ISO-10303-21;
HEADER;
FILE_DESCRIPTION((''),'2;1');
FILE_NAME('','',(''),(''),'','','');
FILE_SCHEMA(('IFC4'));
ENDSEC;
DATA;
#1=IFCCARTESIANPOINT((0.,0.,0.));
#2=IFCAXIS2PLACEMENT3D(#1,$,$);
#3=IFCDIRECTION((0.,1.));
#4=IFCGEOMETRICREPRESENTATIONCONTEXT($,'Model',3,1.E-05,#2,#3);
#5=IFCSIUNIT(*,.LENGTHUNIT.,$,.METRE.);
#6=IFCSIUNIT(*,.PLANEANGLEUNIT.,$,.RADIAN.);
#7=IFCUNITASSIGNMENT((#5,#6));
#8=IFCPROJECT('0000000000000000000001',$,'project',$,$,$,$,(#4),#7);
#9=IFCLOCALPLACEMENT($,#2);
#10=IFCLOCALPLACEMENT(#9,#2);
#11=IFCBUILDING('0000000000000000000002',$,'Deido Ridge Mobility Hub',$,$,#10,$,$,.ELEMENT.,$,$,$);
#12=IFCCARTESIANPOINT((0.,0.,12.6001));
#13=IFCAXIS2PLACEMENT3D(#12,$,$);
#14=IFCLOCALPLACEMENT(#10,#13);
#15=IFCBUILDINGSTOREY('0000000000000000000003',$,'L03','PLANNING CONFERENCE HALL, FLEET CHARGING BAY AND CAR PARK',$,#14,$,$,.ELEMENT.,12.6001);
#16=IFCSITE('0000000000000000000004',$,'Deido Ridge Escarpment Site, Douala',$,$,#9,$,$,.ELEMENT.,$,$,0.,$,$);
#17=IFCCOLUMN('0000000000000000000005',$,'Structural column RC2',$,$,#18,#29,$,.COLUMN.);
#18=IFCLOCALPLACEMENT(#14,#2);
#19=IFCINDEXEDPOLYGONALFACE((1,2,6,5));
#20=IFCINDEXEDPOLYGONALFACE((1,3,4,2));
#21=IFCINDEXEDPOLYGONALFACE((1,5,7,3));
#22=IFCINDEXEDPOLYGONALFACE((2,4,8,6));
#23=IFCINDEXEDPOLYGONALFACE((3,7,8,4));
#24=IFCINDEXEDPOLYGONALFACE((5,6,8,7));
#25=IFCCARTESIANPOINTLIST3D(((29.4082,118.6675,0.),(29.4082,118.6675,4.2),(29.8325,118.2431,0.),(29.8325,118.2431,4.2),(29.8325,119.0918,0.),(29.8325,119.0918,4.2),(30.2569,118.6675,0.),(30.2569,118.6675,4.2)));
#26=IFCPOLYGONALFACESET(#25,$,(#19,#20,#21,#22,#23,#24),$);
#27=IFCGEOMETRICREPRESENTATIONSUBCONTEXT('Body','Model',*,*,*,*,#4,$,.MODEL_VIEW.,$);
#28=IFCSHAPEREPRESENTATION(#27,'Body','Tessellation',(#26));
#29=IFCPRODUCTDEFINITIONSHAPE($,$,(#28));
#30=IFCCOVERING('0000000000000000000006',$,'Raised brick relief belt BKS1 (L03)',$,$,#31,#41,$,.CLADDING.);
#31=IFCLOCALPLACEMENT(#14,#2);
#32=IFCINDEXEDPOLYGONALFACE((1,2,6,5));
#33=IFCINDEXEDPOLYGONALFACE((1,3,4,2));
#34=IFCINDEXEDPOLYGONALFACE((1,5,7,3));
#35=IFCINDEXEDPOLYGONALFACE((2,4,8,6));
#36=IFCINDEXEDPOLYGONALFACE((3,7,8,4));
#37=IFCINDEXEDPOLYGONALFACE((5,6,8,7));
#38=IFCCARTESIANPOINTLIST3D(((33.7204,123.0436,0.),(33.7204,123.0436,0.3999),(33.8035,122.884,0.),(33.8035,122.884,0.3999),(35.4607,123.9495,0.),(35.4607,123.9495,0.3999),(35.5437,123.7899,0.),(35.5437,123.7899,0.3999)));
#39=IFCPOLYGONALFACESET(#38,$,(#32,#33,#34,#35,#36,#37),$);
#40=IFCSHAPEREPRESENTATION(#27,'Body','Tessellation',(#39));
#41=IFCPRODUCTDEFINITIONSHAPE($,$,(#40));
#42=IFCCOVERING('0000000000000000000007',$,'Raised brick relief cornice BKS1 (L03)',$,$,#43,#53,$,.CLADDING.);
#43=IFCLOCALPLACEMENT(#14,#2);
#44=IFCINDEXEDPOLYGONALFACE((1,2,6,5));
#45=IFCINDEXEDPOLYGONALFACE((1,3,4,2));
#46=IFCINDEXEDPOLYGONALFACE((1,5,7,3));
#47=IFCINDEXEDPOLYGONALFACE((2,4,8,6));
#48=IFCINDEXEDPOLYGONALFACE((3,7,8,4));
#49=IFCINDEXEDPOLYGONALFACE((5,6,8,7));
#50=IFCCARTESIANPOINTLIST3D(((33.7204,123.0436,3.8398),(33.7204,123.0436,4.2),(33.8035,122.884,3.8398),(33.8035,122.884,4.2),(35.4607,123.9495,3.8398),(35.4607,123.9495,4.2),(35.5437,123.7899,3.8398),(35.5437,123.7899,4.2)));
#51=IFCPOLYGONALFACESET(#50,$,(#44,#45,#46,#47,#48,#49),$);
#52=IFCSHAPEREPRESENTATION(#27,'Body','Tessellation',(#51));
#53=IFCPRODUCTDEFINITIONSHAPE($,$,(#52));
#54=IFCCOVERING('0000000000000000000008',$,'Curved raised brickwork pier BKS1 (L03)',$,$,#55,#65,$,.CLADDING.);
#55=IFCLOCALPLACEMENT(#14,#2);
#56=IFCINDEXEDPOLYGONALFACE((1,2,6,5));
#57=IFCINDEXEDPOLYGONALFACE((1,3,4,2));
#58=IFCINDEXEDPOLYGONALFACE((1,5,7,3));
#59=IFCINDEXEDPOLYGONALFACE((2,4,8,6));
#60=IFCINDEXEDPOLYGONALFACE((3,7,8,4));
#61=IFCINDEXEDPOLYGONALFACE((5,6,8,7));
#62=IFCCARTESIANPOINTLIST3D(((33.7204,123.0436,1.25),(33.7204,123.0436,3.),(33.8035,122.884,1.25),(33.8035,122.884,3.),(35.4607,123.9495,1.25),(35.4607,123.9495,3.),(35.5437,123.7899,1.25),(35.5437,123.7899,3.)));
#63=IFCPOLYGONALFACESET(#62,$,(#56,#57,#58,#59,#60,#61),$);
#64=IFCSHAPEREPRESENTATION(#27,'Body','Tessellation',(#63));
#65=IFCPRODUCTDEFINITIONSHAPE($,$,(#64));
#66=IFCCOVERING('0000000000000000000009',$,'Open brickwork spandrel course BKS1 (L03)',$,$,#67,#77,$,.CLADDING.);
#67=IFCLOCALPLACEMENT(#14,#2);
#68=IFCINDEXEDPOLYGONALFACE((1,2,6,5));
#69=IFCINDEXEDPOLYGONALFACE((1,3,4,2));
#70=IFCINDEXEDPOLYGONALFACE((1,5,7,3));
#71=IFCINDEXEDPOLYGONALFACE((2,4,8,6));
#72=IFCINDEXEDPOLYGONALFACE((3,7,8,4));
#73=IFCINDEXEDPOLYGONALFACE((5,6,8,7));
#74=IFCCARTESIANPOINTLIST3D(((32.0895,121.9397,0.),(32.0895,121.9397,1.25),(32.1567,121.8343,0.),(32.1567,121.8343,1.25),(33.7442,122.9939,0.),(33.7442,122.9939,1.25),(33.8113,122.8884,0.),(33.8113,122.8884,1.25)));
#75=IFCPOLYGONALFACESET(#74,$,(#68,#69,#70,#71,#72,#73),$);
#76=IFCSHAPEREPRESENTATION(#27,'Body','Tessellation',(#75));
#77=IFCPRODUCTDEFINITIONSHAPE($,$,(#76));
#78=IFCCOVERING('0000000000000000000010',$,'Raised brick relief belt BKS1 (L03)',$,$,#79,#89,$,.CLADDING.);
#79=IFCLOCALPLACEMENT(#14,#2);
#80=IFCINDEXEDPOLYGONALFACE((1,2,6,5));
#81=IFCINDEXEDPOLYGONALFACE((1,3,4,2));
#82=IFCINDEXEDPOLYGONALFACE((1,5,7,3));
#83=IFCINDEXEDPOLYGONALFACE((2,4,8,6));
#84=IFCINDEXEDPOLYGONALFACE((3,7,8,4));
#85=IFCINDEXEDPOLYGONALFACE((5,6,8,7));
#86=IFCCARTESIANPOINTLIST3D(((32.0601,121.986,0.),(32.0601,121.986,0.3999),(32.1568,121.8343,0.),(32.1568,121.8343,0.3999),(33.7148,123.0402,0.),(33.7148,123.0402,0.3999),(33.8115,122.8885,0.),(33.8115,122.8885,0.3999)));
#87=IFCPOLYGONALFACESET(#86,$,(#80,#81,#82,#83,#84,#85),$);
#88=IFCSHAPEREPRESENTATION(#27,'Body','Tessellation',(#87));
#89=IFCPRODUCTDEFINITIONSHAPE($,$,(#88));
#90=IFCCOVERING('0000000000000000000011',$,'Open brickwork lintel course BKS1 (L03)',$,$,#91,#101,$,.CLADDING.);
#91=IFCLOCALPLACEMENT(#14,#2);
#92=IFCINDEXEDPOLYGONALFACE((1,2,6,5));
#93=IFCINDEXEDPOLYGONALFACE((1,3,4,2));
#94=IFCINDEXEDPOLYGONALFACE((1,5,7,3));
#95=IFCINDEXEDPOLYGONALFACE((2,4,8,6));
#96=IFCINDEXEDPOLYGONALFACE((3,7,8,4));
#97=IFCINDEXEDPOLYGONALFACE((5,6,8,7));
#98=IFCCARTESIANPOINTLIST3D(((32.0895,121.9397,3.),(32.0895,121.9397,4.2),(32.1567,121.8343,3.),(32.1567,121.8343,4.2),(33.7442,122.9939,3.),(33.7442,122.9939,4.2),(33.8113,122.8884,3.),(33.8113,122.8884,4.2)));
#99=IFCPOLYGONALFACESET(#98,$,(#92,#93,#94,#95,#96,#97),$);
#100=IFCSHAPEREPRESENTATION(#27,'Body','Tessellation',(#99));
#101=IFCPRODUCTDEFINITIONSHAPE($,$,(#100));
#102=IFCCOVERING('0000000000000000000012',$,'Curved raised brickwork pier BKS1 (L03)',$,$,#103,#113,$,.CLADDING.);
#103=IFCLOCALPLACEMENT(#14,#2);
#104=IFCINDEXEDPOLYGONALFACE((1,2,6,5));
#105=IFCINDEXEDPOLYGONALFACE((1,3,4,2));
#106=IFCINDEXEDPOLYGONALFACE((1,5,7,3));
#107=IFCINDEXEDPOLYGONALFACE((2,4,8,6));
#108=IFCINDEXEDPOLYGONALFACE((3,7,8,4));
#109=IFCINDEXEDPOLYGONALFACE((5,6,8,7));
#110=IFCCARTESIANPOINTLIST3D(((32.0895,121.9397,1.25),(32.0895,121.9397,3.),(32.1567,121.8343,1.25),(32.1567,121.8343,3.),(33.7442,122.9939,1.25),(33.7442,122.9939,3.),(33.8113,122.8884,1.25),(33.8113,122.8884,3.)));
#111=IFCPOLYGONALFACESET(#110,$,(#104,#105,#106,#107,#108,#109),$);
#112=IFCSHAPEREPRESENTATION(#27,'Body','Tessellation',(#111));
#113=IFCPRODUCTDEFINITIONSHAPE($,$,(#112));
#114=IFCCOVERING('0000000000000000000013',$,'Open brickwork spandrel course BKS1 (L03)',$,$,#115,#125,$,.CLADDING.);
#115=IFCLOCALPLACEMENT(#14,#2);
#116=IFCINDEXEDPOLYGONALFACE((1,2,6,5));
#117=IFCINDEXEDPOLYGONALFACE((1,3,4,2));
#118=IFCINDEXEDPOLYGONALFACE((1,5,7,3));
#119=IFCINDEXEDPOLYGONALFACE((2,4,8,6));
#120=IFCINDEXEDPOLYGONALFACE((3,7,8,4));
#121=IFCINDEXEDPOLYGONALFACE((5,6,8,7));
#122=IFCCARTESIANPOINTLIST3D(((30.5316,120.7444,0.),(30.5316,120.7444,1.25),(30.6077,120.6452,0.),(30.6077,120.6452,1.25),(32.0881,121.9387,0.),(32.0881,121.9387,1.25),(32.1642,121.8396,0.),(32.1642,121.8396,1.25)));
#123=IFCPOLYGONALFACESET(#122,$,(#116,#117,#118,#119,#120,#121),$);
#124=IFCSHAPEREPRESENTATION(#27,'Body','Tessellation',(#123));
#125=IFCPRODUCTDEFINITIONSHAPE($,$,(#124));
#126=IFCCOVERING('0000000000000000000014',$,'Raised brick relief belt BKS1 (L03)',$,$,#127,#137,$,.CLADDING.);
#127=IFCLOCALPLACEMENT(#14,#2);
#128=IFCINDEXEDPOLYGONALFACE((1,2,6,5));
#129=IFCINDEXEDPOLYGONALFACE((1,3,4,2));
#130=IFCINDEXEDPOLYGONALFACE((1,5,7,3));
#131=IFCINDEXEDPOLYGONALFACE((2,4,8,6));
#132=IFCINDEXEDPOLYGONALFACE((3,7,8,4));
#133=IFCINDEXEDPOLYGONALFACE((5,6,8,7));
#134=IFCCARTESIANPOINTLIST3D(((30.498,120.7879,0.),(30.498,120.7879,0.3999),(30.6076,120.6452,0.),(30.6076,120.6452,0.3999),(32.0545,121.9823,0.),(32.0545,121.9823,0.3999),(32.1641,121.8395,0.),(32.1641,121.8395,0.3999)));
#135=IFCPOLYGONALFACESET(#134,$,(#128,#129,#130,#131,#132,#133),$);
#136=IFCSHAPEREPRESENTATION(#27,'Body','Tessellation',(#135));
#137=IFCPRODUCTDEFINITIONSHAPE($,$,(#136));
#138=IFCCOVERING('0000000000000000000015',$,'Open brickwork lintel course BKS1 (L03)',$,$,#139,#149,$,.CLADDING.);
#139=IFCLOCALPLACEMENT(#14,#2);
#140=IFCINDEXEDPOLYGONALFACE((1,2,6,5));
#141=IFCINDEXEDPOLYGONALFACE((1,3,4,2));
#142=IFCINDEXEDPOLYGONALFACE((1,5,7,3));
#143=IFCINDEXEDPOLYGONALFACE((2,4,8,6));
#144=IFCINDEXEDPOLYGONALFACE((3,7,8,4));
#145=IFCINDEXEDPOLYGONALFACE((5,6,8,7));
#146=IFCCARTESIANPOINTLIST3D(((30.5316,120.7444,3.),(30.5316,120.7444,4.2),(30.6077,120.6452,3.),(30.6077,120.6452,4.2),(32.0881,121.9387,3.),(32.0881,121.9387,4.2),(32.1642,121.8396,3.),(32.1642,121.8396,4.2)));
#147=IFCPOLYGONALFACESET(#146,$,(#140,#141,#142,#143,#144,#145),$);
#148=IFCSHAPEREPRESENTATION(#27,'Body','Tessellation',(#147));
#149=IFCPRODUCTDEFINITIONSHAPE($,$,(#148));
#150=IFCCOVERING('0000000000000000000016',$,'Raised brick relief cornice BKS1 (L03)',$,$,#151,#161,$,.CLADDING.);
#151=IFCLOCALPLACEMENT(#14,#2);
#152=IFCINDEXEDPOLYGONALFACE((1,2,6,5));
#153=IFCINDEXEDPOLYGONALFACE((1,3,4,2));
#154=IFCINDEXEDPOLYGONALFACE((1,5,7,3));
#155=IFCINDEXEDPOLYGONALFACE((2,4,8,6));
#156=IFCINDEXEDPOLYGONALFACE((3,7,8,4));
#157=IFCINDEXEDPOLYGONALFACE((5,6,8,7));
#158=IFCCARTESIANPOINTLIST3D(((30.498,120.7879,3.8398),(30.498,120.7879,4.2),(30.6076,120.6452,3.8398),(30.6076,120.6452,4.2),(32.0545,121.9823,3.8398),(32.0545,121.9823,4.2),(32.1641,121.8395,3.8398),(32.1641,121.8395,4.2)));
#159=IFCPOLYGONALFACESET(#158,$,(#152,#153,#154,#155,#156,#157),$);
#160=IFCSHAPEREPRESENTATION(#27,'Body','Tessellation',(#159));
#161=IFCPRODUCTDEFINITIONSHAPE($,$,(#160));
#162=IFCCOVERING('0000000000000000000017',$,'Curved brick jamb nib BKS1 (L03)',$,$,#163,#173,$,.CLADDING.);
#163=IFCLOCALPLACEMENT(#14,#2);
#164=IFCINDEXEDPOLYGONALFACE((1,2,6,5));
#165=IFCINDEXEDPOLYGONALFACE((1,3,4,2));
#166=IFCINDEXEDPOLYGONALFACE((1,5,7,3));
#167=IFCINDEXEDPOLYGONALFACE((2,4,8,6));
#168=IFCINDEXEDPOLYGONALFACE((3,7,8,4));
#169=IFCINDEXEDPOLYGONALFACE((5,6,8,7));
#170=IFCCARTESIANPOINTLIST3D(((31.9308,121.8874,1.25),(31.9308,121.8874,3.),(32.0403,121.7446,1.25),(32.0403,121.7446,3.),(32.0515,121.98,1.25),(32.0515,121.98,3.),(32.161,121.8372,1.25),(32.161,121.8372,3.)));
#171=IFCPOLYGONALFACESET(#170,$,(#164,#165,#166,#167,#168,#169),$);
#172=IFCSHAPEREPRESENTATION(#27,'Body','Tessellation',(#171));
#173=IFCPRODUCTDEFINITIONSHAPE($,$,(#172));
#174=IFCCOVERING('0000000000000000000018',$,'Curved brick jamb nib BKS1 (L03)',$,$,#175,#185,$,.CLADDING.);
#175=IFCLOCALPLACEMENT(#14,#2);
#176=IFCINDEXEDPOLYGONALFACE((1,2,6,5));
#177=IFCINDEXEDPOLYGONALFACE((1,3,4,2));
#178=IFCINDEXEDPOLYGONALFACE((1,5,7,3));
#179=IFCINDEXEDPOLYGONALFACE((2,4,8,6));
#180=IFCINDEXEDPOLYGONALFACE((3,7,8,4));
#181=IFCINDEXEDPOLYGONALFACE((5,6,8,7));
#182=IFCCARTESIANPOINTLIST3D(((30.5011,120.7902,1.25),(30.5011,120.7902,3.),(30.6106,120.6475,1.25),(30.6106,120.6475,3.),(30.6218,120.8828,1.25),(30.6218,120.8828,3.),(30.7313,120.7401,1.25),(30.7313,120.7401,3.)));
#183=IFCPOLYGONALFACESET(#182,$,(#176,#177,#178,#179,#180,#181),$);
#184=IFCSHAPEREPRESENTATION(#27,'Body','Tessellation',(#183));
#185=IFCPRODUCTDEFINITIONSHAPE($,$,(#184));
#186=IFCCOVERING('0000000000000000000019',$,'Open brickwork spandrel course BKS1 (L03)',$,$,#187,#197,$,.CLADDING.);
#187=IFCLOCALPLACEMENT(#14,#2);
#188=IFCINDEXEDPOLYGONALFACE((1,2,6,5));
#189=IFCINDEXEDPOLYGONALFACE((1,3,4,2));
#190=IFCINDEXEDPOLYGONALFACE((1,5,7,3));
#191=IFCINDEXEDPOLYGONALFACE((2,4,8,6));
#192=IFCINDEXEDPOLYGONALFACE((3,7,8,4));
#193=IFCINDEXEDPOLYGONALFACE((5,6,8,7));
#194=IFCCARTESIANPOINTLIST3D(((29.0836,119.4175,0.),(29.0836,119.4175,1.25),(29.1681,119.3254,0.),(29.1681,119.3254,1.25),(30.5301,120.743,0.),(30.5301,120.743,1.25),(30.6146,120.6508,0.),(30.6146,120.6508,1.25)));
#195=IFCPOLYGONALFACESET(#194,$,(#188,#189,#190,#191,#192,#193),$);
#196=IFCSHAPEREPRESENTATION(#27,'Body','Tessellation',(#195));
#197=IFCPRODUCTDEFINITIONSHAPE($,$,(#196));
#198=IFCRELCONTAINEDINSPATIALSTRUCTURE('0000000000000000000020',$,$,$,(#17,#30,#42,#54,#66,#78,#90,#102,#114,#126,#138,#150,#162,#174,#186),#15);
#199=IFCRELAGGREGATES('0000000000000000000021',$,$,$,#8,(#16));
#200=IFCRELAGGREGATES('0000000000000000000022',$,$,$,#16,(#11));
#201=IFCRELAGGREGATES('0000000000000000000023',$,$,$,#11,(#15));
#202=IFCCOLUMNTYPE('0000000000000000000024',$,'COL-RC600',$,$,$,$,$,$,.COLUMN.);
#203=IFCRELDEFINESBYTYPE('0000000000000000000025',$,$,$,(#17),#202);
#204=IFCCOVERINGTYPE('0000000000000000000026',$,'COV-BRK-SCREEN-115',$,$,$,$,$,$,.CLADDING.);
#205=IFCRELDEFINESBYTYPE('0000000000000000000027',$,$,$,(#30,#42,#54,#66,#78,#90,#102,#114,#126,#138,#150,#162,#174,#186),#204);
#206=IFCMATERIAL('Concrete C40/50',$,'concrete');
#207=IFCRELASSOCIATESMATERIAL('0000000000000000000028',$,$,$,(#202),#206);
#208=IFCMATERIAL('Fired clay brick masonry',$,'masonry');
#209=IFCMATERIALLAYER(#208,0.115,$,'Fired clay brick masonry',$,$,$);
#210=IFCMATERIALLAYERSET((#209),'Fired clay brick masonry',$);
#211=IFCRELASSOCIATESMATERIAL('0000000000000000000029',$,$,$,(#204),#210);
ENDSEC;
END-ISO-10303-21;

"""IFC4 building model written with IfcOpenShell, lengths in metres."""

from ifc_helpers import new_model, si_unit, direction, frame, origin, origin_2d, place, context, subcontext, project, spatial, rectangle, extrude, material, layer, layer_set, material_profile, profile_set, type_object, element, save


model = new_model("IFC4")

# Units and contexts
model_context = context("Model", 3, precision=1e-05, world=origin(), true_north=direction((0.0, 1.0)))
body_context = subcontext(model_context, "Body", "Model", "MODEL_VIEW")
ifc_project = project(units=[si_unit("LENGTHUNIT", "METRE"), si_unit("PLANEANGLEUNIT", "RADIAN")], contexts=[model_context])

# Site, building, storey
site_placement = place(None, origin())
site = spatial("IfcSite", under=ifc_project, at=site_placement, Name="Deido Ridge Escarpment Site, Douala", CompositionType="ELEMENT", RefElevation=0.0)
building_placement = place(site_placement, origin())
building = spatial("IfcBuilding", under=site, at=building_placement, Name="Deido Ridge Mobility Hub", CompositionType="ELEMENT")
storey_placement = place(building_placement, frame((0.0, 0.0, 12.6001)))
storey = spatial("IfcBuildingStorey", under=building, at=storey_placement, Name="L03", Description="PLANNING CONFERENCE HALL, FLEET CHARGING BAY AND CAR PARK", CompositionType="ELEMENT", Elevation=12.6001)

# Column
ifc_material_1 = material(Name="Concrete C40/50", Category="concrete")
ifc_material_profile = material_profile(ifc_material_1, rectangle(XDim=0.6001, YDim=0.6001, at=origin_2d()), Name="RC COL 600x600")
ifc_profile_set = profile_set([ifc_material_profile], Name="Concrete C40/50")
column_type = type_object("IfcColumnType", Name="COL-RC600", PredefinedType="COLUMN", material=ifc_profile_set)
column_placement = place(storey_placement, frame((29.8325, 118.6675, 0.0), z_axis=(0.0, 0.0, 1.0), x_axis=(-0.707107, 0.707107, 0.0)))
element("IfcColumn", 1, at=column_placement, inside=storey, type_object=column_type, Name="Structural column RC2", PredefinedType="COLUMN", context=body_context, shape_type="SweptSolid", body=[
    extrude(rectangle(XDim=0.6001, YDim=0.6001, at=origin_2d()), origin(), (0.0, 0.0, 1.0), 4.2),
])

# Coverings
ifc_material_2 = material(Name="Fired clay brick masonry", Category="masonry")
ifc_layer = layer(ifc_material_2, 0.115, Name="Fired clay brick masonry")
ifc_layer_set = layer_set([ifc_layer], Name="Fired clay brick masonry")
covering_type = type_object("IfcCoveringType", Name="COV-BRK-SCREEN-115", PredefinedType="CLADDING", material=ifc_layer_set)
covering_1_placement = place(storey_placement, frame((34.6321, 123.4167, 0.0), z_axis=(0.0, 0.0, 1.0), x_axis=(-0.887019, -0.461733, 0.0)))
element("IfcCovering", 2, at=covering_1_placement, inside=storey, type_object=covering_type, Name="Raised brick relief belt BKS1 (L03)", PredefinedType="CLADDING", context=body_context, shape_type="SweptSolid", body=[
    extrude(rectangle(XDim=1.9619, YDim=0.1799, at=origin_2d()), origin(), (0.0, 0.0, 1.0), 0.3999),
])
covering_2_placement = place(storey_placement, frame((34.6321, 123.4167, 3.8398), z_axis=(0.0, 0.0, 1.0), x_axis=(-0.887019, -0.461733, 0.0)))
element("IfcCovering", 3, at=covering_2_placement, inside=storey, type_object=covering_type, Name="Raised brick relief cornice BKS1 (L03)", PredefinedType="CLADDING", context=body_context, shape_type="SweptSolid", body=[
    extrude(rectangle(XDim=1.9619, YDim=0.1799, at=origin_2d()), origin(), (0.0, 0.0, 1.0), 0.3601),
])
covering_3_placement = place(storey_placement, frame((34.6321, 123.4167, 1.25), z_axis=(0.0, 0.0, 1.0), x_axis=(-0.887019, -0.461733, 0.0)))
element("IfcCovering", 4, at=covering_3_placement, inside=storey, type_object=covering_type, Name="Curved raised brickwork pier BKS1 (L03)", PredefinedType="CLADDING", context=body_context, shape_type="SweptSolid", body=[
    extrude(rectangle(XDim=1.9619, YDim=0.1799, at=origin_2d()), origin(), (0.0, 0.0, 1.0), 1.75),
])
covering_4_placement = place(storey_placement, frame((32.9504, 122.4141, 0.0), z_axis=(0.0, 0.0, 1.0), x_axis=(-0.843382, -0.537314, 0.0)))
element("IfcCovering", 5, at=covering_4_placement, inside=storey, type_object=covering_type, Name="Open brickwork spandrel course BKS1 (L03)", PredefinedType="CLADDING", context=body_context, shape_type="SweptSolid", body=[
    extrude(rectangle(XDim=1.9619, YDim=0.125, at=origin_2d()), origin(), (0.0, 0.0, 1.0), 1.25),
])
covering_5_placement = place(storey_placement, frame((32.9358, 122.4373, 0.0), z_axis=(0.0, 0.0, 1.0), x_axis=(-0.843382, -0.537314, 0.0)))
element("IfcCovering", 6, at=covering_5_placement, inside=storey, type_object=covering_type, Name="Raised brick relief belt BKS1 (L03)", PredefinedType="CLADDING", context=body_context, shape_type="SweptSolid", body=[
    extrude(rectangle(XDim=1.9619, YDim=0.1799, at=origin_2d()), origin(), (0.0, 0.0, 1.0), 0.3999),
])
covering_6_placement = place(storey_placement, frame((32.9504, 122.4141, 3.0), z_axis=(0.0, 0.0, 1.0), x_axis=(-0.843382, -0.537314, 0.0)))
element("IfcCovering", 7, at=covering_6_placement, inside=storey, type_object=covering_type, Name="Open brickwork lintel course BKS1 (L03)", PredefinedType="CLADDING", context=body_context, shape_type="SweptSolid", body=[
    extrude(rectangle(XDim=1.9619, YDim=0.125, at=origin_2d()), origin(), (0.0, 0.0, 1.0), 1.2),
])
covering_7_placement = place(storey_placement, frame((32.9504, 122.4141, 1.25), z_axis=(0.0, 0.0, 1.0), x_axis=(-0.843382, -0.537314, 0.0)))
element("IfcCovering", 8, at=covering_7_placement, inside=storey, type_object=covering_type, Name="Curved raised brickwork pier BKS1 (L03)", PredefinedType="CLADDING", context=body_context, shape_type="SweptSolid", body=[
    extrude(rectangle(XDim=1.9619, YDim=0.125, at=origin_2d()), origin(), (0.0, 0.0, 1.0), 1.75),
])
covering_8_placement = place(storey_placement, frame((31.3479, 121.292, 0.0), z_axis=(0.0, 0.0, 1.0), x_axis=(-0.793353, -0.608761, 0.0)))
element("IfcCovering", 9, at=covering_8_placement, inside=storey, type_object=covering_type, Name="Open brickwork spandrel course BKS1 (L03)", PredefinedType="CLADDING", context=body_context, shape_type="SweptSolid", body=[
    extrude(rectangle(XDim=1.9619, YDim=0.125, at=origin_2d()), origin(), (0.0, 0.0, 1.0), 1.25),
])
covering_9_placement = place(storey_placement, frame((31.3311, 121.3137, 0.0), z_axis=(0.0, 0.0, 1.0), x_axis=(-0.793353, -0.608761, 0.0)))
element("IfcCovering", 10, at=covering_9_placement, inside=storey, type_object=covering_type, Name="Raised brick relief belt BKS1 (L03)", PredefinedType="CLADDING", context=body_context, shape_type="SweptSolid", body=[
    extrude(rectangle(XDim=1.9619, YDim=0.1799, at=origin_2d()), origin(), (0.0, 0.0, 1.0), 0.3999),
])
covering_10_placement = place(storey_placement, frame((31.3479, 121.292, 3.0), z_axis=(0.0, 0.0, 1.0), x_axis=(-0.793353, -0.608761, 0.0)))
element("IfcCovering", 11, at=covering_10_placement, inside=storey, type_object=covering_type, Name="Open brickwork lintel course BKS1 (L03)", PredefinedType="CLADDING", context=body_context, shape_type="SweptSolid", body=[
    extrude(rectangle(XDim=1.9619, YDim=0.125, at=origin_2d()), origin(), (0.0, 0.0, 1.0), 1.2),
])
covering_11_placement = place(storey_placement, frame((31.3311, 121.3137, 3.8398), z_axis=(0.0, 0.0, 1.0), x_axis=(-0.793353, -0.608761, 0.0)))
element("IfcCovering", 12, at=covering_11_placement, inside=storey, type_object=covering_type, Name="Raised brick relief cornice BKS1 (L03)", PredefinedType="CLADDING", context=body_context, shape_type="SweptSolid", body=[
    extrude(rectangle(XDim=1.9619, YDim=0.1799, at=origin_2d()), origin(), (0.0, 0.0, 1.0), 0.3601),
])
for number, where, z_axis, x_axis, name in (
    (13, (32.0459, 121.8623, 1.25), (0.0, 0.0, 1.0), (-0.793353, -0.608761, 0.0), "Curved brick jamb nib BKS1 (L03)"),
    (14, (30.6162, 120.7651, 1.25), (0.0, 0.0, 1.0), (-0.793353, -0.608761, 0.0), "Curved brick jamb nib BKS1 (L03)"),
):
    element("IfcCovering", number, at=place(storey_placement, frame(where, z_axis=z_axis, x_axis=x_axis)), inside=storey, type_object=covering_type, Name=name, PredefinedType="CLADDING", context=body_context, shape_type="SweptSolid", body=[
        extrude(rectangle(XDim=0.1521, YDim=0.1799, at=origin_2d()), origin(), (0.0, 0.0, 1.0), 1.75),
    ])
covering_12_placement = place(storey_placement, frame((29.8491, 120.0342, 0.0), z_axis=(0.0, 0.0, 1.0), x_axis=(-0.737289, -0.675577, 0.0)))
element("IfcCovering", 15, at=covering_12_placement, inside=storey, type_object=covering_type, Name="Open brickwork spandrel course BKS1 (L03)", PredefinedType="CLADDING", context=body_context, shape_type="SweptSolid", body=[
    extrude(rectangle(XDim=1.9619, YDim=0.125, at=origin_2d()), origin(), (0.0, 0.0, 1.0), 1.25),
])

save(model, "model.ifc")
